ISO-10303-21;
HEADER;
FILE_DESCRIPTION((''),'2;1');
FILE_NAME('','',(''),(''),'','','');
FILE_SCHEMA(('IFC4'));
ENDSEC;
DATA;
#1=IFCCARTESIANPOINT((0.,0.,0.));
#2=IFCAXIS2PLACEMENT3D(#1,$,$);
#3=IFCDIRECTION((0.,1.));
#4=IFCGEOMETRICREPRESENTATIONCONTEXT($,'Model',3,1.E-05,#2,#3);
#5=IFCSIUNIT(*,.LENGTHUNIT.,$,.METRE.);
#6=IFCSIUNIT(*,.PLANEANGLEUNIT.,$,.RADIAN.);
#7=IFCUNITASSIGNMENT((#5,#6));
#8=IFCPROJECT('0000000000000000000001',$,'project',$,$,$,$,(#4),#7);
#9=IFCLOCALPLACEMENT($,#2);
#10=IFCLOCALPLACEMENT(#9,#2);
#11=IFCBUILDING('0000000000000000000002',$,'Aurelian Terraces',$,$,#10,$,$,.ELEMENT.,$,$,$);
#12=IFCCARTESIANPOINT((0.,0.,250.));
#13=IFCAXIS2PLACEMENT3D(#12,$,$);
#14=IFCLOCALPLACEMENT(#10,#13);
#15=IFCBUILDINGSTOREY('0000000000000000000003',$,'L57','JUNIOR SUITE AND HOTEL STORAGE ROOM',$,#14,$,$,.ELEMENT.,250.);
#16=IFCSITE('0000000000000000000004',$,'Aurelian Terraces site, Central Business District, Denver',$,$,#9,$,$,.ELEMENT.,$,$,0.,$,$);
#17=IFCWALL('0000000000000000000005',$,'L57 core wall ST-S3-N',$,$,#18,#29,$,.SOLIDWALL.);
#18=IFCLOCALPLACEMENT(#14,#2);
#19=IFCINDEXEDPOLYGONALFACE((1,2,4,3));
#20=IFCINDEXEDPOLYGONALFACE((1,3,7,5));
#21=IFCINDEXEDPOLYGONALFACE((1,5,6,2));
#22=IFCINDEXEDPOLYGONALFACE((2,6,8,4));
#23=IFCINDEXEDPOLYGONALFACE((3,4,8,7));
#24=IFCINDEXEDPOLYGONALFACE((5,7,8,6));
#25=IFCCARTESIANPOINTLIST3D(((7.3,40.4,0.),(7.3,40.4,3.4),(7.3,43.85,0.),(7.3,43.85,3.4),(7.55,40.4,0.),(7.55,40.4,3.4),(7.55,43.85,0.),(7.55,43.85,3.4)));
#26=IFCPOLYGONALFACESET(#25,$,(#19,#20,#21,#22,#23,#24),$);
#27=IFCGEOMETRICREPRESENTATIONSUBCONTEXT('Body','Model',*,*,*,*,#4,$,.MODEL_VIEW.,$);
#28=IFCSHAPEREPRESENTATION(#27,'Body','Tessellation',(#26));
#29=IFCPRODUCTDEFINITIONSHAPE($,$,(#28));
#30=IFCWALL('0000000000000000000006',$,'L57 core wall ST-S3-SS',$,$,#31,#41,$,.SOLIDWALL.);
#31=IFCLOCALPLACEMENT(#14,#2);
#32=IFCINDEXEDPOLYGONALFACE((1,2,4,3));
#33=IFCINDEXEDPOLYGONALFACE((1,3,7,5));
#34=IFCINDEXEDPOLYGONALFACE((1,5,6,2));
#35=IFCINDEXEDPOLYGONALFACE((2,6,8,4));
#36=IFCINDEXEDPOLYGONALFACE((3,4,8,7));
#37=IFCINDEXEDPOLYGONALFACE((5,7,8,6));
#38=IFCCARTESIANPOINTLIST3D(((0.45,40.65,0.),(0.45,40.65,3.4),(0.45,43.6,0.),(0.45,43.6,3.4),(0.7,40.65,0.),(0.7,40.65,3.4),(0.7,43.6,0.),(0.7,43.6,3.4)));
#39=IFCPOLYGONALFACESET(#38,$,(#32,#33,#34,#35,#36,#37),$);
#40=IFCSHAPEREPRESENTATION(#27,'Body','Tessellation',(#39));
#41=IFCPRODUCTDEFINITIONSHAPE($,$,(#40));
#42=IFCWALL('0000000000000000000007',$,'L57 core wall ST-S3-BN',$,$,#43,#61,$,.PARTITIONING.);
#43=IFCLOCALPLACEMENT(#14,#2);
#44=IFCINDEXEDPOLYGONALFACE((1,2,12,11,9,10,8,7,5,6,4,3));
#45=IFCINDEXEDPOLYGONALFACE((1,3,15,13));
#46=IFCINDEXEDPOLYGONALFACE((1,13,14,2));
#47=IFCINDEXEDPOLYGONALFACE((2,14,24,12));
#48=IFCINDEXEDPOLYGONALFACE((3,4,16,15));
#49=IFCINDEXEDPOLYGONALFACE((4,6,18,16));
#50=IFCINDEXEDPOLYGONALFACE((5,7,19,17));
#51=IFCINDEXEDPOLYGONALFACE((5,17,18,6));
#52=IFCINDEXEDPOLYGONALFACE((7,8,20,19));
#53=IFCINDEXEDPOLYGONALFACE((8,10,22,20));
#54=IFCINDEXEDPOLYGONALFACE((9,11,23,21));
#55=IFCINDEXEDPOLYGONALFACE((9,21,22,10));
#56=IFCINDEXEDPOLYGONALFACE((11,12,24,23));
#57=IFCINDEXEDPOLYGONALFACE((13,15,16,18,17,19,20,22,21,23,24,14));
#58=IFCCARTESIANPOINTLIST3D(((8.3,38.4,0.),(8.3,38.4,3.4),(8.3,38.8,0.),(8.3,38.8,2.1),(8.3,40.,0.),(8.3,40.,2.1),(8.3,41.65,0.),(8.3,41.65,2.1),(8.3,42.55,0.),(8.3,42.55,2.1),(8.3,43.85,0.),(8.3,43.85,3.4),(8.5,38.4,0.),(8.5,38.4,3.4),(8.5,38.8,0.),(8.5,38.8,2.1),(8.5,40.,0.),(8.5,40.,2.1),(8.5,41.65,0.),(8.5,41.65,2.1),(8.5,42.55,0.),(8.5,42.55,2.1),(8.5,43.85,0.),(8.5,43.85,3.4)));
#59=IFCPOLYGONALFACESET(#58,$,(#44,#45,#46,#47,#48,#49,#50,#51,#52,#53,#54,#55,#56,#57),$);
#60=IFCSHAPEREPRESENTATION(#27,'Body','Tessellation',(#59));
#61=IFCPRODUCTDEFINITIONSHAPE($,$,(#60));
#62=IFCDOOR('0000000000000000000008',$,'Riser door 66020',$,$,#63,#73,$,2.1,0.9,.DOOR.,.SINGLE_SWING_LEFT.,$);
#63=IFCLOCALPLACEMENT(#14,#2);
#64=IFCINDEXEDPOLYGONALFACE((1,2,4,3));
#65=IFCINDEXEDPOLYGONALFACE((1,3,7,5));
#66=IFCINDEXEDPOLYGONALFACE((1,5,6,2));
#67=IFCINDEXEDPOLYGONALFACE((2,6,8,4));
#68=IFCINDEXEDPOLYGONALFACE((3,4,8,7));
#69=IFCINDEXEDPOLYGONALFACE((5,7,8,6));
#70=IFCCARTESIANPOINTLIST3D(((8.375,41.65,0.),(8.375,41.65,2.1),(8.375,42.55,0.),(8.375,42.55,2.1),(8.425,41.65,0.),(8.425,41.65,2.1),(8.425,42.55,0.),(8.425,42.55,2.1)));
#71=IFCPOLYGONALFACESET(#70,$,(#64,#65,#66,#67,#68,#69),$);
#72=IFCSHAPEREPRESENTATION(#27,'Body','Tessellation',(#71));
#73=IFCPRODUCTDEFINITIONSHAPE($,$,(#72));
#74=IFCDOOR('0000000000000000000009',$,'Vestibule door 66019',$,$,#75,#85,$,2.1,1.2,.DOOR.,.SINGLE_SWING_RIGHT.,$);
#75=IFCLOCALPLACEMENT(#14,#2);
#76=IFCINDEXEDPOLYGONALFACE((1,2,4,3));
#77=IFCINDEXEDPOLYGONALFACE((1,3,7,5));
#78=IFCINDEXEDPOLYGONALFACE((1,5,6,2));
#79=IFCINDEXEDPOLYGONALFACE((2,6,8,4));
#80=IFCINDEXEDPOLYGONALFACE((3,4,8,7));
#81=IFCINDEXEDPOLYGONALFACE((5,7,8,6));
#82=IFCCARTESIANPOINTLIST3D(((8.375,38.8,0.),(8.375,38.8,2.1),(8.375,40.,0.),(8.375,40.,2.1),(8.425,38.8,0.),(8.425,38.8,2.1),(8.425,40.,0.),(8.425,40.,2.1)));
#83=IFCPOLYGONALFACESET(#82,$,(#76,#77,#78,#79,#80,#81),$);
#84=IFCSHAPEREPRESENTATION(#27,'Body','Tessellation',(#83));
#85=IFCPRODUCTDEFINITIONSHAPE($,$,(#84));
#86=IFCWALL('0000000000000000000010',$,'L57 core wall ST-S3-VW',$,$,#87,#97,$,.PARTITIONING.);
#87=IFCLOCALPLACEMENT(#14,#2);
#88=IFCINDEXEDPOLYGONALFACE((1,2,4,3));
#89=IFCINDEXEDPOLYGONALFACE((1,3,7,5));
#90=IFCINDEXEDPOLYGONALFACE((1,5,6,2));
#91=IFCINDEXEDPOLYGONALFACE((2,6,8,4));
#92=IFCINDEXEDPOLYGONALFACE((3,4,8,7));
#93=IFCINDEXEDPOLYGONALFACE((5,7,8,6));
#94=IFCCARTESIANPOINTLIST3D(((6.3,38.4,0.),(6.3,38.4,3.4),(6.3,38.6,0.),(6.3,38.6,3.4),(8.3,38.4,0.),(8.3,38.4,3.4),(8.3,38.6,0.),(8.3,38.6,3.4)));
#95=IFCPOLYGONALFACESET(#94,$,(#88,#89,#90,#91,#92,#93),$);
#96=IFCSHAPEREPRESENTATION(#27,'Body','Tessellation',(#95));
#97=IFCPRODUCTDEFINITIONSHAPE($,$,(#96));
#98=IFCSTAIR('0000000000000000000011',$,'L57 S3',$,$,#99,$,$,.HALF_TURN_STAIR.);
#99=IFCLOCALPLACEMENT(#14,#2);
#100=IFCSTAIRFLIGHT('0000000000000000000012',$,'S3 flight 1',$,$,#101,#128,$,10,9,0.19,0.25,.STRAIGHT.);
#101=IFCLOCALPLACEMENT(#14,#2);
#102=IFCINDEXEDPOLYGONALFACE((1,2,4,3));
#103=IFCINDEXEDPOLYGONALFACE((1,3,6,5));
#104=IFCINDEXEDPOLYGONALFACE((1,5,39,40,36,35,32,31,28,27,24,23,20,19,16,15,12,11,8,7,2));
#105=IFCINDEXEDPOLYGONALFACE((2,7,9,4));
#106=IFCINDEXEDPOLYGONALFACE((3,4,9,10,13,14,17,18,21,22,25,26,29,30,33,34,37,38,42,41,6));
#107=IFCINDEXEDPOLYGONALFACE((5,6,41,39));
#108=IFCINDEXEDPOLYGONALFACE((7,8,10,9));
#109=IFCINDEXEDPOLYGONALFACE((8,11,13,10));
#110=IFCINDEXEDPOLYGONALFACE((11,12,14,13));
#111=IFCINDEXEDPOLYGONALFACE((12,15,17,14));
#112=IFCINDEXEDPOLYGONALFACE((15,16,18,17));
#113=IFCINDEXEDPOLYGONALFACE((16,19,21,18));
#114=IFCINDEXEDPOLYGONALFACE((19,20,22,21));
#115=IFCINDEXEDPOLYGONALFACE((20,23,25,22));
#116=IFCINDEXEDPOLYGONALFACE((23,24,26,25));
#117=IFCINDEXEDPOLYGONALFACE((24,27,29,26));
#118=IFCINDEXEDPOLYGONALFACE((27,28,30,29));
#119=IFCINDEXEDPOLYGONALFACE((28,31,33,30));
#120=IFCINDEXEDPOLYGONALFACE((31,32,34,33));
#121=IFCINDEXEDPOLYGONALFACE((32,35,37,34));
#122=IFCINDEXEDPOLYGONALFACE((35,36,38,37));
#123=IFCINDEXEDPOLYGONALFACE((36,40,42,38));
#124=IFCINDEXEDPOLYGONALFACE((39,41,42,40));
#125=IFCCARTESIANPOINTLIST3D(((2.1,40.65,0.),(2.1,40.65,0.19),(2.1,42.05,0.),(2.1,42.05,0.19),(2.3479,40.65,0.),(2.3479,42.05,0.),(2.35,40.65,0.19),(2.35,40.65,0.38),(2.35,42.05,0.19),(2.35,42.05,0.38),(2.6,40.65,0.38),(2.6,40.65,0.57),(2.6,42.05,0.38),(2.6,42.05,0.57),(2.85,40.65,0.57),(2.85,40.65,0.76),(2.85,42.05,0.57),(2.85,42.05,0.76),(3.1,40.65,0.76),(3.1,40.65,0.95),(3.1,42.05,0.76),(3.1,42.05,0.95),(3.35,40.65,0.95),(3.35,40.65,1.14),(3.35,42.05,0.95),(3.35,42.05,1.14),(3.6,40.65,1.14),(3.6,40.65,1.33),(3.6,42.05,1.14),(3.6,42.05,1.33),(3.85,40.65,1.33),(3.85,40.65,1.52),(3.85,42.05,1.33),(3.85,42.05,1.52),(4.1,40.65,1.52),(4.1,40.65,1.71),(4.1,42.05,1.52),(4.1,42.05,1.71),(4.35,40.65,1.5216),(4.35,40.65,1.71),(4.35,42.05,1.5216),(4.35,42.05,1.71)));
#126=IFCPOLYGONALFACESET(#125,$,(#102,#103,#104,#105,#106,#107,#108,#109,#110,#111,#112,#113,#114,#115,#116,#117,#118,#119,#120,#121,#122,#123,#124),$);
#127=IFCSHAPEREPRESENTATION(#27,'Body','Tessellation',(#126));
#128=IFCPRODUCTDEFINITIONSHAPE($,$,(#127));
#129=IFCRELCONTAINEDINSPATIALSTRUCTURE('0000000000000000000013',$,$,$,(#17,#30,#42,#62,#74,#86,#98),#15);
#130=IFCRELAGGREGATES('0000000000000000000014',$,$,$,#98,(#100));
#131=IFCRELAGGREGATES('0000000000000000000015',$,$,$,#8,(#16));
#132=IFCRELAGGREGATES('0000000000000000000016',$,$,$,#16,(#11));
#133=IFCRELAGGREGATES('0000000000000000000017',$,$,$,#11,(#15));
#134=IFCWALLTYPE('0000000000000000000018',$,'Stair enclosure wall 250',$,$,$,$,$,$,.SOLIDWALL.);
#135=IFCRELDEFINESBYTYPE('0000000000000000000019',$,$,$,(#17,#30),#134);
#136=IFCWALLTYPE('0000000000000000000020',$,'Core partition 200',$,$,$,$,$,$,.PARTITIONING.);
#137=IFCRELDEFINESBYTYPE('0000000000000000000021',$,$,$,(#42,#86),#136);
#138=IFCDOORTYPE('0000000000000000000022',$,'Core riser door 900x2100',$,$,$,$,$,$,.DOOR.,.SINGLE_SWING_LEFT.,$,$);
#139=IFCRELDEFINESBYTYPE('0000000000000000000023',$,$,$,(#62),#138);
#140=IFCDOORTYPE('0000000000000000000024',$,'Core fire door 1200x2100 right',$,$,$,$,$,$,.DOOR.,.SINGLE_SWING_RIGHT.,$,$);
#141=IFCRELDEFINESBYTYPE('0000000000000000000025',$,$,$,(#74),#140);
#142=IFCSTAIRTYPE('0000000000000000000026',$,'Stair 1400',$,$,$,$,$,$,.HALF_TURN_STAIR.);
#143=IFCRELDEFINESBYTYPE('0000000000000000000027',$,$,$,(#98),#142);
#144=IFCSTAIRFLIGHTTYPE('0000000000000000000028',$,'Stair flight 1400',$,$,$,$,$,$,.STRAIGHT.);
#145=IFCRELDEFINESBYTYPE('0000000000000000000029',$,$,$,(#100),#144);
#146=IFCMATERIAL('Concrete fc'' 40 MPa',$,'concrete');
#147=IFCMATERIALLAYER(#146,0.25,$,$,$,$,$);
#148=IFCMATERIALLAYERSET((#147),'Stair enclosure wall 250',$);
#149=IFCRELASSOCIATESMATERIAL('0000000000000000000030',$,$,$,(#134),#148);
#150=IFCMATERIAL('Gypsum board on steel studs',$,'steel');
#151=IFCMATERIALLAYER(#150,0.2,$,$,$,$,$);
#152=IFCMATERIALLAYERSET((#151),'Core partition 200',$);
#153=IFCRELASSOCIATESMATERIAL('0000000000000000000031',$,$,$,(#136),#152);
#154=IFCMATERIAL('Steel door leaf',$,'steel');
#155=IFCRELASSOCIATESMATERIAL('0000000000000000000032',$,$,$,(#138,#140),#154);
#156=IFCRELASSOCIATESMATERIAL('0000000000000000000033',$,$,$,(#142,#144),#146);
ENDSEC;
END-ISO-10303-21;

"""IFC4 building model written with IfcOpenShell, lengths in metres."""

from ifc_helpers import new_model, si_unit, direction, frame, frame_2d, origin, place, context, subcontext, project, spatial, polyline, rectangle, outline, extrude, source, transform, mapped, material, layer, layer_set, type_object, element, fill, aggregate, save


model = new_model("IFC4")

# Units and contexts
model_context = context("Model", 3, precision=1e-05, world=origin(), true_north=direction((0.0, 1.0)))
body_context = subcontext(model_context, "Body", "Model", "MODEL_VIEW")
ifc_project = project(units=[si_unit("LENGTHUNIT", "METRE"), si_unit("PLANEANGLEUNIT", "RADIAN")], contexts=[model_context])

# Site, building, storey
site_placement = place(None, origin())
site = spatial("IfcSite", under=ifc_project, at=site_placement, Name="Aurelian Terraces site, Central Business District, Denver", CompositionType="ELEMENT", RefElevation=0.0)
building_placement = place(site_placement, origin())
building = spatial("IfcBuilding", under=site, at=building_placement, Name="Aurelian Terraces", CompositionType="ELEMENT")
storey_placement = place(building_placement, frame((0.0, 0.0, 250.0)))
storey = spatial("IfcBuildingStorey", under=building, at=storey_placement, Name="L57", Description="JUNIOR SUITE AND HOTEL STORAGE ROOM", CompositionType="ELEMENT", Elevation=250.0)

# Shared definitions
ifc_material_1 = material(Name="Concrete fc' 40 MPa", Category="concrete")

# Shared definitions
ifc_layer_1 = layer(ifc_material_1, 0.25)
ifc_layer_set_1 = layer_set([ifc_layer_1], Name="Stair enclosure wall 250")
wall_type_1 = type_object("IfcWallType", Name="Stair enclosure wall 250", PredefinedType="SOLIDWALL", material=ifc_layer_set_1)
ifc_material_2 = material(Name="Steel door leaf", Category="steel")

# Walls
shared_shape_1 = source(origin(), body_context, "Body", "SweptSolid", [
    extrude(rectangle(XDim=3.45, YDim=0.25, at=frame_2d((1.725, 0.0))), origin(), (0.0, 0.0, 1.0), 3.4),
])
wall_1_placement = place(storey_placement, frame((7.425, 40.4, 0.0), z_axis=(0.0, 0.0, 1.0), x_axis=(0.0, 1.0, 0.0)))
element("IfcWall", 1, at=wall_1_placement, inside=storey, type_object=wall_type_1, Name="L57 core wall ST-S3-N", PredefinedType="SOLIDWALL", context=body_context, shape_type="MappedRepresentation", body=[
    mapped(shared_shape_1, transform((0.0, 0.0, 0.0), scale=1.0)),
])
shared_shape_2 = source(origin(), body_context, "Body", "SweptSolid", [
    extrude(rectangle(XDim=2.95, YDim=0.25, at=frame_2d((1.475, 0.0))), origin(), (0.0, 0.0, 1.0), 3.4),
])
wall_2_placement = place(storey_placement, frame((0.575, 40.65, 0.0), z_axis=(0.0, 0.0, 1.0), x_axis=(0.0, 1.0, 0.0)))
element("IfcWall", 2, at=wall_2_placement, inside=storey, type_object=wall_type_1, Name="L57 core wall ST-S3-SS", PredefinedType="SOLIDWALL", context=body_context, shape_type="MappedRepresentation", body=[
    mapped(shared_shape_2, transform((0.0, 0.0, 0.0), scale=1.0)),
])

# Wall, openings, doors
ifc_material_3 = material(Name="Gypsum board on steel studs", Category="steel")
ifc_layer_2 = layer(ifc_material_3, 0.2)
ifc_layer_set_2 = layer_set([ifc_layer_2], Name="Core partition 200")
wall_type_2 = type_object("IfcWallType", Name="Core partition 200", PredefinedType="PARTITIONING", material=ifc_layer_set_2)
shared_shape_3 = source(origin(), body_context, "Body", "SweptSolid", [
    extrude(rectangle(XDim=5.45, YDim=0.2, at=frame_2d((2.725, 0.0))), origin(), (0.0, 0.0, 1.0), 3.4),
])
wall_3_placement = place(storey_placement, frame((8.4, 38.4, 0.0), z_axis=(0.0, 0.0, 1.0), x_axis=(0.0, 1.0, 0.0)))
wall_3 = element("IfcWall", 3, at=wall_3_placement, inside=storey, type_object=wall_type_2, Name="L57 core wall ST-S3-BN", PredefinedType="PARTITIONING", context=body_context, shape_type="MappedRepresentation", body=[
    mapped(shared_shape_3, transform((0.0, 0.0, 0.0), scale=1.0)),
])
shared_shape_4 = source(origin(), body_context, "Body", "SweptSolid", [
    extrude(rectangle(XDim=1.2, YDim=2.1, at=frame_2d((0.6, 1.05))), frame((0.0, 0.11, 0.0), z_axis=(0.0, -1.0, 0.0), x_axis=(1.0, 0.0, 0.0)), (0.0, 0.0, 1.0), 0.22),
])
opening_1_placement = place(wall_3_placement, frame((0.4, 0.0, 0.0)))
opening_1 = element("IfcOpeningElement", 4, at=opening_1_placement, cuts=wall_3, PredefinedType="OPENING", context=body_context, shape_type="MappedRepresentation", body=[
    mapped(shared_shape_4, transform((0.0, 0.0, 0.0), scale=1.0)),
])
shared_shape_5 = source(origin(), body_context, "Body", "SweptSolid", [
    extrude(rectangle(XDim=0.9, YDim=2.1, at=frame_2d((0.45, 1.05))), frame((0.0, 0.11, 0.0), z_axis=(0.0, -1.0, 0.0), x_axis=(1.0, 0.0, 0.0)), (0.0, 0.0, 1.0), 0.22),
])
opening_2_placement = place(wall_3_placement, frame((3.25, 0.0, 0.0)))
opening_2 = element("IfcOpeningElement", 5, at=opening_2_placement, cuts=wall_3, PredefinedType="OPENING", context=body_context, shape_type="MappedRepresentation", body=[
    mapped(shared_shape_5, transform((0.0, 0.0, 0.0), scale=1.0)),
])
door_type_1 = type_object("IfcDoorType", Name="Core riser door 900x2100", OperationType="SINGLE_SWING_LEFT", PredefinedType="DOOR", material=ifc_material_2)
shared_shape_6 = source(origin(), body_context, "Body", "SweptSolid", [
    extrude(rectangle(XDim=0.9, YDim=2.1, at=frame_2d((0.45, 1.05))), frame((0.0, 0.025, 0.0), z_axis=(0.0, -1.0, 0.0), x_axis=(1.0, 0.0, 0.0)), (0.0, 0.0, 1.0), 0.05),
])
door_1_placement = place(opening_2_placement, origin())
door_1 = element("IfcDoor", 6, at=door_1_placement, inside=storey, type_object=door_type_1, Name="Riser door 66020", OperationType="SINGLE_SWING_LEFT", OverallHeight=2.1, OverallWidth=0.9, PredefinedType="DOOR", context=body_context, shape_type="MappedRepresentation", body=[
    mapped(shared_shape_6, transform((0.0, 0.0, 0.0), scale=1.0)),
])
fill(opening_2, door_1)
door_type_2 = type_object("IfcDoorType", Name="Core fire door 1200x2100 right", OperationType="SINGLE_SWING_RIGHT", PredefinedType="DOOR", material=ifc_material_2)
shared_shape_7 = source(origin(), body_context, "Body", "SweptSolid", [
    extrude(rectangle(XDim=1.2, YDim=2.1, at=frame_2d((0.6, 1.05))), frame((0.0, 0.025, 0.0), z_axis=(0.0, -1.0, 0.0), x_axis=(1.0, 0.0, 0.0)), (0.0, 0.0, 1.0), 0.05),
])
door_2_placement = place(opening_1_placement, origin())
door_2 = element("IfcDoor", 7, at=door_2_placement, inside=storey, type_object=door_type_2, Name="Vestibule door 66019", OperationType="SINGLE_SWING_RIGHT", OverallHeight=2.1, OverallWidth=1.2, PredefinedType="DOOR", context=body_context, shape_type="MappedRepresentation", body=[
    mapped(shared_shape_7, transform((0.0, 0.0, 0.0), scale=1.0)),
])
fill(opening_1, door_2)

# Wall
shared_shape_8 = source(origin(), body_context, "Body", "SweptSolid", [
    extrude(rectangle(XDim=2.0, YDim=0.2, at=frame_2d((1.0, 0.0))), origin(), (0.0, 0.0, 1.0), 3.4),
])
wall_4_placement = place(storey_placement, frame((6.3, 38.5, 0.0), z_axis=(0.0, 0.0, 1.0), x_axis=(1.0, 0.0, 0.0)))
element("IfcWall", 8, at=wall_4_placement, inside=storey, type_object=wall_type_2, Name="L57 core wall ST-S3-VW", PredefinedType="PARTITIONING", context=body_context, shape_type="MappedRepresentation", body=[
    mapped(shared_shape_8, transform((0.0, 0.0, 0.0), scale=1.0)),
])

# Stair, stair flight
stair_type = type_object("IfcStairType", Name="Stair 1400", PredefinedType="HALF_TURN_STAIR", material=ifc_material_1)
stair_placement = place(storey_placement, origin())
stair = element("IfcStair", 9, at=stair_placement, inside=storey, type_object=stair_type, Name="L57 S3", PredefinedType="HALF_TURN_STAIR")
stair_flight_type = type_object("IfcStairFlightType", Name="Stair flight 1400", PredefinedType="STRAIGHT", material=ifc_material_1)
shared_shape_9 = source(origin(), body_context, "Body", "SweptSolid", [
    extrude(outline(polyline([(0.0, 0.0), (0.0, 0.19), (0.25, 0.19), (0.25, 0.38), (0.5, 0.38), (0.5, 0.57), (0.75, 0.57), (0.75, 0.76), (1.0, 0.76), (1.0, 0.95), (1.25, 0.95), (1.25, 1.14), (1.5, 1.14), (1.5, 1.33), (1.75, 1.33), (1.75, 1.52), (2.0, 1.52), (2.0, 1.71), (2.25, 1.71), (2.25, 1.9), (2.25, 1.5216), (0.2479, 0.0), (0.0, 0.0)])), frame((0.0, 0.7, 0.0), z_axis=(0.0, -1.0, 0.0), x_axis=(1.0, 0.0, 0.0)), (0.0, 0.0, 1.0), 1.4),
])
stair_flight_placement = place(storey_placement, frame((2.1, 41.35, 0.0), z_axis=(0.0, 0.0, 1.0), x_axis=(1.0, 0.0, 0.0)))
stair_flight = element("IfcStairFlight", 10, at=stair_flight_placement, type_object=stair_flight_type, Name="S3 flight 1", NumberOfRisers=10, NumberOfTreads=9, PredefinedType="STRAIGHT", RiserHeight=0.19, TreadLength=0.25, context=body_context, shape_type="MappedRepresentation", body=[
    mapped(shared_shape_9, transform((0.0, 0.0, 0.0), scale=1.0)),
])
aggregate(stair, [stair_flight])

save(model, "model.ifc")
